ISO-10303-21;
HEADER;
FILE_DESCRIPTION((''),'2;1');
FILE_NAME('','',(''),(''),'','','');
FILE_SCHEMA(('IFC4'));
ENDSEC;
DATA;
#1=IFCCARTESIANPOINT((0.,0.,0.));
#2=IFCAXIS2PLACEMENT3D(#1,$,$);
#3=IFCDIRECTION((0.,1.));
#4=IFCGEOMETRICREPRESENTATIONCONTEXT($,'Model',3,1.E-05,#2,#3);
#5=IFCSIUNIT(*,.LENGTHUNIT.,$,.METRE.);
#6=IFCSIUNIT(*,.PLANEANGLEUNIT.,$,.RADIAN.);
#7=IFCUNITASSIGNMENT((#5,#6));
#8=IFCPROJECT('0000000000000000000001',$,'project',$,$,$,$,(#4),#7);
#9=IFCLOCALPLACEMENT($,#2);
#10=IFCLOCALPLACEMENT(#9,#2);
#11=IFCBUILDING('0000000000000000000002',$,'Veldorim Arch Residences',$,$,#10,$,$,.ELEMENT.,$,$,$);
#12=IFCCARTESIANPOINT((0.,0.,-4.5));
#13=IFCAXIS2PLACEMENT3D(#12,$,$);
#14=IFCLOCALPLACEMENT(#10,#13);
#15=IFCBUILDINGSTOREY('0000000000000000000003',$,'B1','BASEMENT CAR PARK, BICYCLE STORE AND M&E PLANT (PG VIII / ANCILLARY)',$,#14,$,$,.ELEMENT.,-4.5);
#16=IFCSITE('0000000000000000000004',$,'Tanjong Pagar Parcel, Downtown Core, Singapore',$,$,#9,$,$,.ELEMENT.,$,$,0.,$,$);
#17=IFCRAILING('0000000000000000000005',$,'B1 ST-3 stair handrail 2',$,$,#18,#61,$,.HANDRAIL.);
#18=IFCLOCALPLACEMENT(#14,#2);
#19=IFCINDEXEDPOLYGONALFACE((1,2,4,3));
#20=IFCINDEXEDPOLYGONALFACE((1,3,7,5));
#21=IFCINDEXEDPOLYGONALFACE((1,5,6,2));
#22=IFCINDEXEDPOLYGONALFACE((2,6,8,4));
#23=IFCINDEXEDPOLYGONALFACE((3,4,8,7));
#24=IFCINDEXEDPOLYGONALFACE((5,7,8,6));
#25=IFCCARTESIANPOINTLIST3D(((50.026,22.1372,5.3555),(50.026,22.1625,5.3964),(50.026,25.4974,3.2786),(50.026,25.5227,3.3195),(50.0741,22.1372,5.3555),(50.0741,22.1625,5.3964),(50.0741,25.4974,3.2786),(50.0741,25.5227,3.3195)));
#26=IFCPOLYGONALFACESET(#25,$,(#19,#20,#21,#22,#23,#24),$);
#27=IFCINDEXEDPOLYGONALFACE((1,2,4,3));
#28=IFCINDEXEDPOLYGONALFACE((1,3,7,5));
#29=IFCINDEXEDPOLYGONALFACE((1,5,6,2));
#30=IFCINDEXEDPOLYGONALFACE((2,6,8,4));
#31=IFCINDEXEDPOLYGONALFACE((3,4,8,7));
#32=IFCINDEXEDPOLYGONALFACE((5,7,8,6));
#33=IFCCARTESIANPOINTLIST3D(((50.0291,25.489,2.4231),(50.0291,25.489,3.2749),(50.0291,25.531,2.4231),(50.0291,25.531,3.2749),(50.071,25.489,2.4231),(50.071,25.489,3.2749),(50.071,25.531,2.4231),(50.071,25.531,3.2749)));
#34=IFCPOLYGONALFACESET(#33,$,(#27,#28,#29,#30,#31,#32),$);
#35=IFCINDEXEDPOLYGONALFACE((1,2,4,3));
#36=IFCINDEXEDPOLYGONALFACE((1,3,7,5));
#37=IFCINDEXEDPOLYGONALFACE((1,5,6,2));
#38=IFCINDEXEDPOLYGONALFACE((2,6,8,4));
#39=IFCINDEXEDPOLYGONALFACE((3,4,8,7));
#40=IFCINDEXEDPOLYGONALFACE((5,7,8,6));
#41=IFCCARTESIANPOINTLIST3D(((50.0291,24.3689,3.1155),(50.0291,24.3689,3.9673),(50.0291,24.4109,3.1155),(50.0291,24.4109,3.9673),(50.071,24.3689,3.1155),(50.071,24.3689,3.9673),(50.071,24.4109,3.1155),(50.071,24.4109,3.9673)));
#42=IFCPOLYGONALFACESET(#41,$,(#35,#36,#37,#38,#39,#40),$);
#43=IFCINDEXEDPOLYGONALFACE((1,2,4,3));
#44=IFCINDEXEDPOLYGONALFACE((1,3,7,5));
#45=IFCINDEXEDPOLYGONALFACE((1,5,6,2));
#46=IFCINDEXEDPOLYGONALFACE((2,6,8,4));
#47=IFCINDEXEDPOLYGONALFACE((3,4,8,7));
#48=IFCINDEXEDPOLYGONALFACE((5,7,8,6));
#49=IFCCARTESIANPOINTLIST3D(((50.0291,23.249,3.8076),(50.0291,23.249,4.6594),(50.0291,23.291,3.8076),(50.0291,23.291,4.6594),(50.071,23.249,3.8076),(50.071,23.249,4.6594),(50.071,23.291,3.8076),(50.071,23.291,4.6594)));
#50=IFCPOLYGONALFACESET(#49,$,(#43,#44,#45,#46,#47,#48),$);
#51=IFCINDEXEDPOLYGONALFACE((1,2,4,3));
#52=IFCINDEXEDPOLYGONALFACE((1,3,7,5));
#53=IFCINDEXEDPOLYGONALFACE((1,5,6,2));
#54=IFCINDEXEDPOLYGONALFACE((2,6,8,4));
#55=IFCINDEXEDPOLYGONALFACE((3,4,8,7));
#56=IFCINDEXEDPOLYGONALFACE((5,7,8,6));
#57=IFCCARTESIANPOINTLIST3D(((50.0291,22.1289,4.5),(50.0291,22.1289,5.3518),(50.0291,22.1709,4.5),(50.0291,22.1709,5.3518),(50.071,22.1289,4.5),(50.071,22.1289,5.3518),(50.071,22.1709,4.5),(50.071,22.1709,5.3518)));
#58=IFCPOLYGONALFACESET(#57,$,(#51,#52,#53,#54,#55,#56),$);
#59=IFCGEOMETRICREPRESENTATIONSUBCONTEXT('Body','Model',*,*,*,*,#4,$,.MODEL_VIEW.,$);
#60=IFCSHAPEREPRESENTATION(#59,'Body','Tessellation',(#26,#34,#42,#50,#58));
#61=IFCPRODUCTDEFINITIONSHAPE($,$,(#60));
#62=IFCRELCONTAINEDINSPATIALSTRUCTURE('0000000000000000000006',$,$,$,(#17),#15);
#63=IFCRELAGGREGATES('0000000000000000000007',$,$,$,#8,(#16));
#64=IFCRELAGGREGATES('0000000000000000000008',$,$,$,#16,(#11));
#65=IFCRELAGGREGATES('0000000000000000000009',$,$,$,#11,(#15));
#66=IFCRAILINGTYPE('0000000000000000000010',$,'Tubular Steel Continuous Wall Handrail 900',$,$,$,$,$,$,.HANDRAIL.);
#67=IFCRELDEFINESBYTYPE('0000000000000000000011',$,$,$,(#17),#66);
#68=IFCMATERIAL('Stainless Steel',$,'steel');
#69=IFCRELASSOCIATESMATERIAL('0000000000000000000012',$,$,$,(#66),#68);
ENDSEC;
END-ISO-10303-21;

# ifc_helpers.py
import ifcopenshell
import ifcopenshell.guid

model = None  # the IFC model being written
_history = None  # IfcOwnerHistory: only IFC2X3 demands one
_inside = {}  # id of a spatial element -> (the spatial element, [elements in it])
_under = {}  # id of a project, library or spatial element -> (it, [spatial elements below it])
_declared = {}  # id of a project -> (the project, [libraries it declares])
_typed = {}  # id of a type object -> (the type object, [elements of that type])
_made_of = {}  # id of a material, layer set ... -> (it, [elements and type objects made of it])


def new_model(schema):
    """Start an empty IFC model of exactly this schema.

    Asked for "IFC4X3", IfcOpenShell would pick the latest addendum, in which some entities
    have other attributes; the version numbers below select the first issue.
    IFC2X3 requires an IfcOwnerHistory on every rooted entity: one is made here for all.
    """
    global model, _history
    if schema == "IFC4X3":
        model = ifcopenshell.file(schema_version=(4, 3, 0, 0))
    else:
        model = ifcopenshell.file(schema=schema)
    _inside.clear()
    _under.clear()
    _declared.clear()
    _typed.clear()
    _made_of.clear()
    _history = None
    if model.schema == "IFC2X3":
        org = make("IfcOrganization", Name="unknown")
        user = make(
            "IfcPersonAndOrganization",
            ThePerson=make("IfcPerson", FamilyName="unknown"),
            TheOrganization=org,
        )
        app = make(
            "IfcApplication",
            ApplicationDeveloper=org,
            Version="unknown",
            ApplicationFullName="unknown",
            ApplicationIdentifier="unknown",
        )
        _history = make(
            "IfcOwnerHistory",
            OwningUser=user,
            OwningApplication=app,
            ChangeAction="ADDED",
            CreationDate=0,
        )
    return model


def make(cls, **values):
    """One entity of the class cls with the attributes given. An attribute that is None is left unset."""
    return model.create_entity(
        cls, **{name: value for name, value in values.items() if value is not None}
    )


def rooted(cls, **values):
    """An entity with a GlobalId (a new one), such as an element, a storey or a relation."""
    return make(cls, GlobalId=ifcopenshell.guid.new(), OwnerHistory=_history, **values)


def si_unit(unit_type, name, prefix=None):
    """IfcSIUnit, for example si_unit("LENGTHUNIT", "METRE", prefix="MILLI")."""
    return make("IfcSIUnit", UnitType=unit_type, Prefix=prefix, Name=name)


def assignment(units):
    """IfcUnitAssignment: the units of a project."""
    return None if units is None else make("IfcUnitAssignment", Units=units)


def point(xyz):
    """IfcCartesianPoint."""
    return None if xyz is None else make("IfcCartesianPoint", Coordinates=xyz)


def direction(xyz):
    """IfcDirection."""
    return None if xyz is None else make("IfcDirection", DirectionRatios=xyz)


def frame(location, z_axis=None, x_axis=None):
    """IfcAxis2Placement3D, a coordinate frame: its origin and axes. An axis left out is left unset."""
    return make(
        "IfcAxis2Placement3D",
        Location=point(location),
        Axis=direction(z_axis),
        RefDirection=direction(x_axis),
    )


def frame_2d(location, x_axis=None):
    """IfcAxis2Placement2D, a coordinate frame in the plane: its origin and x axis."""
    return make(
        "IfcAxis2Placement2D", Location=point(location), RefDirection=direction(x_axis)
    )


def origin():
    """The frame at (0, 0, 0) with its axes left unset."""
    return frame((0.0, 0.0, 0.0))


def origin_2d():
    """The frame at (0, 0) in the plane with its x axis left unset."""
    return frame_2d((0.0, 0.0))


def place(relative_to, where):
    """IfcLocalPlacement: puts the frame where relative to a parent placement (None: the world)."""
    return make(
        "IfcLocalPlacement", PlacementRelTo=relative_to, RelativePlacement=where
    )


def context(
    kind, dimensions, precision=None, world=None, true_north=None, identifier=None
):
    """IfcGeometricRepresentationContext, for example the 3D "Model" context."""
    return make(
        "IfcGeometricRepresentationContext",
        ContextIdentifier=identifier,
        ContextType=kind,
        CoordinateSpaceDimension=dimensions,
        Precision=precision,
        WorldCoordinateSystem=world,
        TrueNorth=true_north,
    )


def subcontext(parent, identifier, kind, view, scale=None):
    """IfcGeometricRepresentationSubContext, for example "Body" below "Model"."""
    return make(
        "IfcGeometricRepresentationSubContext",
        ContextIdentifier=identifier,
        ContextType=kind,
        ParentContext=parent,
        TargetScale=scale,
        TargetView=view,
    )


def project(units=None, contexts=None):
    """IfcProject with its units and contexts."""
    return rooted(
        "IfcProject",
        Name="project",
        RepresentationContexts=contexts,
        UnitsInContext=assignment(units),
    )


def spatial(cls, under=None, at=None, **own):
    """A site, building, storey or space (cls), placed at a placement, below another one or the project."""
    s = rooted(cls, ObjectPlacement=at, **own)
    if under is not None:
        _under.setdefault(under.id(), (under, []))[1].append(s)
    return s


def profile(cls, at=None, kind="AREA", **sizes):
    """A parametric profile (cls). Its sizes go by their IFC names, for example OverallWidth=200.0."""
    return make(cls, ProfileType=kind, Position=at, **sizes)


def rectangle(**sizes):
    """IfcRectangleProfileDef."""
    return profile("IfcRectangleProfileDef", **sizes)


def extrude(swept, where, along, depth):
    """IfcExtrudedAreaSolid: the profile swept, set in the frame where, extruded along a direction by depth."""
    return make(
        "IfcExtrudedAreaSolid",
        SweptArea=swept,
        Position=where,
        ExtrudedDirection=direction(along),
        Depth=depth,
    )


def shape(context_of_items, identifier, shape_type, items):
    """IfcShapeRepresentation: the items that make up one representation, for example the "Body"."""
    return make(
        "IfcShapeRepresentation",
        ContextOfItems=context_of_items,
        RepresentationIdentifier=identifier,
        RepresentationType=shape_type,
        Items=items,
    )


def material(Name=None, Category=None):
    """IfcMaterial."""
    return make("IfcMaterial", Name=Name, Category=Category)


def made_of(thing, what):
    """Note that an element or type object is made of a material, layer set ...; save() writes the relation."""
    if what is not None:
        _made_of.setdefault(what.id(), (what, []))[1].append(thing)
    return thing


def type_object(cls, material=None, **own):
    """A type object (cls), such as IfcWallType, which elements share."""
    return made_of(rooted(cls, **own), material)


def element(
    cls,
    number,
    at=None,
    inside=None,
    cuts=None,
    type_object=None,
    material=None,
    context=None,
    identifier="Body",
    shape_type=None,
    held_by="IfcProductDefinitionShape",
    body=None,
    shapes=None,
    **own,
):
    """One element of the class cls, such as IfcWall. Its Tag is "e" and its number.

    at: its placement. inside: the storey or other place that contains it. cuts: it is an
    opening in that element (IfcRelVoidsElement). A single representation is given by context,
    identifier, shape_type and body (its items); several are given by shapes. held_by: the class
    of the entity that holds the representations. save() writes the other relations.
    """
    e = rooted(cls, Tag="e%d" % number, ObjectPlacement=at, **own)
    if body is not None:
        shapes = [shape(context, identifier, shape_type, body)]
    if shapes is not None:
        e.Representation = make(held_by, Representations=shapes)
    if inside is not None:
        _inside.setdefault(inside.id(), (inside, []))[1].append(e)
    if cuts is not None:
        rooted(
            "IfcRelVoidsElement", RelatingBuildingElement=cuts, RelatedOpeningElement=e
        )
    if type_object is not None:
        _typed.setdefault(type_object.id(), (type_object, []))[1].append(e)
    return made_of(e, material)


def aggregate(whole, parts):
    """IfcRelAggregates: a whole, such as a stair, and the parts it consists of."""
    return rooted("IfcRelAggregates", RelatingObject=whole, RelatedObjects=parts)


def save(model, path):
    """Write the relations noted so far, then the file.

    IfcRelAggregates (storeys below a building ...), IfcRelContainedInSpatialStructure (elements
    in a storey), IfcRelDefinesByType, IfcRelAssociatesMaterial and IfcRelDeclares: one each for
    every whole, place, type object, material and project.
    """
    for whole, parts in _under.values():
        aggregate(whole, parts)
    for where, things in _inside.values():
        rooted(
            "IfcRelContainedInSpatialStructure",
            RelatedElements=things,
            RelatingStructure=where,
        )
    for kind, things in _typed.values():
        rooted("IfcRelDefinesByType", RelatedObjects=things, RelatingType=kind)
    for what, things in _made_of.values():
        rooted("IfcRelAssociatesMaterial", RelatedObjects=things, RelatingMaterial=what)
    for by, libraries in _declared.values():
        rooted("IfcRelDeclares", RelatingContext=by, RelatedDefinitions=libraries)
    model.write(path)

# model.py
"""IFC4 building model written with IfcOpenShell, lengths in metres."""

from ifc_helpers import new_model, si_unit, direction, frame, origin, origin_2d, place, context, subcontext, project, spatial, rectangle, extrude, material, type_object, element, save


model = new_model("IFC4")

# Units and contexts
model_context = context("Model", 3, precision=1e-05, world=origin(), true_north=direction((0.0, 1.0)))
body_context = subcontext(model_context, "Body", "Model", "MODEL_VIEW")
ifc_project = project(units=[si_unit("LENGTHUNIT", "METRE"), si_unit("PLANEANGLEUNIT", "RADIAN")], contexts=[model_context])

# Site, building, storey
site_placement = place(None, origin())
site = spatial("IfcSite", under=ifc_project, at=site_placement, Name="Tanjong Pagar Parcel, Downtown Core, Singapore", CompositionType="ELEMENT", RefElevation=0.0)
building_placement = place(site_placement, origin())
building = spatial("IfcBuilding", under=site, at=building_placement, Name="Veldorim Arch Residences", CompositionType="ELEMENT")
storey_placement = place(building_placement, frame((0.0, 0.0, -4.5)))
storey = spatial("IfcBuildingStorey", under=building, at=storey_placement, Name="B1", Description="BASEMENT CAR PARK, BICYCLE STORE AND M&E PLANT (PG VIII / ANCILLARY)", CompositionType="ELEMENT", Elevation=-4.5)

# Railing
ifc_material_1 = material(Name="Stainless Steel", Category="steel")
railing_type_1 = type_object("IfcRailingType", Name="Tubular Steel Continuous Wall Handrail 900", PredefinedType="HANDRAIL", material=ifc_material_1)
railing_1_placement = place(storey_placement, frame((50.05, 25.51, 2.4231)))
element("IfcRailing", 1, at=railing_1_placement, inside=storey, type_object=railing_type_1, Name="B1 ST-3 stair handrail 2", PredefinedType="HANDRAIL", context=body_context, shape_type="SweptSolid", body=[
    extrude(rectangle(XDim=0.0481, YDim=0.0481, at=origin_2d()), frame((0.0, 0.0, 0.876), z_axis=(0.0, -0.850623, 0.525776), x_axis=(1.0, 0.0, 0.0)), (0.0, 0.0, 1.0), 3.9502),
    extrude(rectangle(XDim=0.042, YDim=0.042, at=origin_2d()), origin(), (0.0, 0.0, 1.0), 0.8518),
    extrude(rectangle(XDim=0.042, YDim=0.042, at=origin_2d()), frame((0.0, -1.1201, 0.6924)), (0.0, 0.0, 1.0), 0.8518),
    extrude(rectangle(XDim=0.042, YDim=0.042, at=origin_2d()), frame((0.0, -2.24, 1.3845)), (0.0, 0.0, 1.0), 0.8518),
    extrude(rectangle(XDim=0.042, YDim=0.042, at=origin_2d()), frame((0.0, -3.3601, 2.0769)), (0.0, 0.0, 1.0), 0.8518),
])

save(model, "model.ifc")
